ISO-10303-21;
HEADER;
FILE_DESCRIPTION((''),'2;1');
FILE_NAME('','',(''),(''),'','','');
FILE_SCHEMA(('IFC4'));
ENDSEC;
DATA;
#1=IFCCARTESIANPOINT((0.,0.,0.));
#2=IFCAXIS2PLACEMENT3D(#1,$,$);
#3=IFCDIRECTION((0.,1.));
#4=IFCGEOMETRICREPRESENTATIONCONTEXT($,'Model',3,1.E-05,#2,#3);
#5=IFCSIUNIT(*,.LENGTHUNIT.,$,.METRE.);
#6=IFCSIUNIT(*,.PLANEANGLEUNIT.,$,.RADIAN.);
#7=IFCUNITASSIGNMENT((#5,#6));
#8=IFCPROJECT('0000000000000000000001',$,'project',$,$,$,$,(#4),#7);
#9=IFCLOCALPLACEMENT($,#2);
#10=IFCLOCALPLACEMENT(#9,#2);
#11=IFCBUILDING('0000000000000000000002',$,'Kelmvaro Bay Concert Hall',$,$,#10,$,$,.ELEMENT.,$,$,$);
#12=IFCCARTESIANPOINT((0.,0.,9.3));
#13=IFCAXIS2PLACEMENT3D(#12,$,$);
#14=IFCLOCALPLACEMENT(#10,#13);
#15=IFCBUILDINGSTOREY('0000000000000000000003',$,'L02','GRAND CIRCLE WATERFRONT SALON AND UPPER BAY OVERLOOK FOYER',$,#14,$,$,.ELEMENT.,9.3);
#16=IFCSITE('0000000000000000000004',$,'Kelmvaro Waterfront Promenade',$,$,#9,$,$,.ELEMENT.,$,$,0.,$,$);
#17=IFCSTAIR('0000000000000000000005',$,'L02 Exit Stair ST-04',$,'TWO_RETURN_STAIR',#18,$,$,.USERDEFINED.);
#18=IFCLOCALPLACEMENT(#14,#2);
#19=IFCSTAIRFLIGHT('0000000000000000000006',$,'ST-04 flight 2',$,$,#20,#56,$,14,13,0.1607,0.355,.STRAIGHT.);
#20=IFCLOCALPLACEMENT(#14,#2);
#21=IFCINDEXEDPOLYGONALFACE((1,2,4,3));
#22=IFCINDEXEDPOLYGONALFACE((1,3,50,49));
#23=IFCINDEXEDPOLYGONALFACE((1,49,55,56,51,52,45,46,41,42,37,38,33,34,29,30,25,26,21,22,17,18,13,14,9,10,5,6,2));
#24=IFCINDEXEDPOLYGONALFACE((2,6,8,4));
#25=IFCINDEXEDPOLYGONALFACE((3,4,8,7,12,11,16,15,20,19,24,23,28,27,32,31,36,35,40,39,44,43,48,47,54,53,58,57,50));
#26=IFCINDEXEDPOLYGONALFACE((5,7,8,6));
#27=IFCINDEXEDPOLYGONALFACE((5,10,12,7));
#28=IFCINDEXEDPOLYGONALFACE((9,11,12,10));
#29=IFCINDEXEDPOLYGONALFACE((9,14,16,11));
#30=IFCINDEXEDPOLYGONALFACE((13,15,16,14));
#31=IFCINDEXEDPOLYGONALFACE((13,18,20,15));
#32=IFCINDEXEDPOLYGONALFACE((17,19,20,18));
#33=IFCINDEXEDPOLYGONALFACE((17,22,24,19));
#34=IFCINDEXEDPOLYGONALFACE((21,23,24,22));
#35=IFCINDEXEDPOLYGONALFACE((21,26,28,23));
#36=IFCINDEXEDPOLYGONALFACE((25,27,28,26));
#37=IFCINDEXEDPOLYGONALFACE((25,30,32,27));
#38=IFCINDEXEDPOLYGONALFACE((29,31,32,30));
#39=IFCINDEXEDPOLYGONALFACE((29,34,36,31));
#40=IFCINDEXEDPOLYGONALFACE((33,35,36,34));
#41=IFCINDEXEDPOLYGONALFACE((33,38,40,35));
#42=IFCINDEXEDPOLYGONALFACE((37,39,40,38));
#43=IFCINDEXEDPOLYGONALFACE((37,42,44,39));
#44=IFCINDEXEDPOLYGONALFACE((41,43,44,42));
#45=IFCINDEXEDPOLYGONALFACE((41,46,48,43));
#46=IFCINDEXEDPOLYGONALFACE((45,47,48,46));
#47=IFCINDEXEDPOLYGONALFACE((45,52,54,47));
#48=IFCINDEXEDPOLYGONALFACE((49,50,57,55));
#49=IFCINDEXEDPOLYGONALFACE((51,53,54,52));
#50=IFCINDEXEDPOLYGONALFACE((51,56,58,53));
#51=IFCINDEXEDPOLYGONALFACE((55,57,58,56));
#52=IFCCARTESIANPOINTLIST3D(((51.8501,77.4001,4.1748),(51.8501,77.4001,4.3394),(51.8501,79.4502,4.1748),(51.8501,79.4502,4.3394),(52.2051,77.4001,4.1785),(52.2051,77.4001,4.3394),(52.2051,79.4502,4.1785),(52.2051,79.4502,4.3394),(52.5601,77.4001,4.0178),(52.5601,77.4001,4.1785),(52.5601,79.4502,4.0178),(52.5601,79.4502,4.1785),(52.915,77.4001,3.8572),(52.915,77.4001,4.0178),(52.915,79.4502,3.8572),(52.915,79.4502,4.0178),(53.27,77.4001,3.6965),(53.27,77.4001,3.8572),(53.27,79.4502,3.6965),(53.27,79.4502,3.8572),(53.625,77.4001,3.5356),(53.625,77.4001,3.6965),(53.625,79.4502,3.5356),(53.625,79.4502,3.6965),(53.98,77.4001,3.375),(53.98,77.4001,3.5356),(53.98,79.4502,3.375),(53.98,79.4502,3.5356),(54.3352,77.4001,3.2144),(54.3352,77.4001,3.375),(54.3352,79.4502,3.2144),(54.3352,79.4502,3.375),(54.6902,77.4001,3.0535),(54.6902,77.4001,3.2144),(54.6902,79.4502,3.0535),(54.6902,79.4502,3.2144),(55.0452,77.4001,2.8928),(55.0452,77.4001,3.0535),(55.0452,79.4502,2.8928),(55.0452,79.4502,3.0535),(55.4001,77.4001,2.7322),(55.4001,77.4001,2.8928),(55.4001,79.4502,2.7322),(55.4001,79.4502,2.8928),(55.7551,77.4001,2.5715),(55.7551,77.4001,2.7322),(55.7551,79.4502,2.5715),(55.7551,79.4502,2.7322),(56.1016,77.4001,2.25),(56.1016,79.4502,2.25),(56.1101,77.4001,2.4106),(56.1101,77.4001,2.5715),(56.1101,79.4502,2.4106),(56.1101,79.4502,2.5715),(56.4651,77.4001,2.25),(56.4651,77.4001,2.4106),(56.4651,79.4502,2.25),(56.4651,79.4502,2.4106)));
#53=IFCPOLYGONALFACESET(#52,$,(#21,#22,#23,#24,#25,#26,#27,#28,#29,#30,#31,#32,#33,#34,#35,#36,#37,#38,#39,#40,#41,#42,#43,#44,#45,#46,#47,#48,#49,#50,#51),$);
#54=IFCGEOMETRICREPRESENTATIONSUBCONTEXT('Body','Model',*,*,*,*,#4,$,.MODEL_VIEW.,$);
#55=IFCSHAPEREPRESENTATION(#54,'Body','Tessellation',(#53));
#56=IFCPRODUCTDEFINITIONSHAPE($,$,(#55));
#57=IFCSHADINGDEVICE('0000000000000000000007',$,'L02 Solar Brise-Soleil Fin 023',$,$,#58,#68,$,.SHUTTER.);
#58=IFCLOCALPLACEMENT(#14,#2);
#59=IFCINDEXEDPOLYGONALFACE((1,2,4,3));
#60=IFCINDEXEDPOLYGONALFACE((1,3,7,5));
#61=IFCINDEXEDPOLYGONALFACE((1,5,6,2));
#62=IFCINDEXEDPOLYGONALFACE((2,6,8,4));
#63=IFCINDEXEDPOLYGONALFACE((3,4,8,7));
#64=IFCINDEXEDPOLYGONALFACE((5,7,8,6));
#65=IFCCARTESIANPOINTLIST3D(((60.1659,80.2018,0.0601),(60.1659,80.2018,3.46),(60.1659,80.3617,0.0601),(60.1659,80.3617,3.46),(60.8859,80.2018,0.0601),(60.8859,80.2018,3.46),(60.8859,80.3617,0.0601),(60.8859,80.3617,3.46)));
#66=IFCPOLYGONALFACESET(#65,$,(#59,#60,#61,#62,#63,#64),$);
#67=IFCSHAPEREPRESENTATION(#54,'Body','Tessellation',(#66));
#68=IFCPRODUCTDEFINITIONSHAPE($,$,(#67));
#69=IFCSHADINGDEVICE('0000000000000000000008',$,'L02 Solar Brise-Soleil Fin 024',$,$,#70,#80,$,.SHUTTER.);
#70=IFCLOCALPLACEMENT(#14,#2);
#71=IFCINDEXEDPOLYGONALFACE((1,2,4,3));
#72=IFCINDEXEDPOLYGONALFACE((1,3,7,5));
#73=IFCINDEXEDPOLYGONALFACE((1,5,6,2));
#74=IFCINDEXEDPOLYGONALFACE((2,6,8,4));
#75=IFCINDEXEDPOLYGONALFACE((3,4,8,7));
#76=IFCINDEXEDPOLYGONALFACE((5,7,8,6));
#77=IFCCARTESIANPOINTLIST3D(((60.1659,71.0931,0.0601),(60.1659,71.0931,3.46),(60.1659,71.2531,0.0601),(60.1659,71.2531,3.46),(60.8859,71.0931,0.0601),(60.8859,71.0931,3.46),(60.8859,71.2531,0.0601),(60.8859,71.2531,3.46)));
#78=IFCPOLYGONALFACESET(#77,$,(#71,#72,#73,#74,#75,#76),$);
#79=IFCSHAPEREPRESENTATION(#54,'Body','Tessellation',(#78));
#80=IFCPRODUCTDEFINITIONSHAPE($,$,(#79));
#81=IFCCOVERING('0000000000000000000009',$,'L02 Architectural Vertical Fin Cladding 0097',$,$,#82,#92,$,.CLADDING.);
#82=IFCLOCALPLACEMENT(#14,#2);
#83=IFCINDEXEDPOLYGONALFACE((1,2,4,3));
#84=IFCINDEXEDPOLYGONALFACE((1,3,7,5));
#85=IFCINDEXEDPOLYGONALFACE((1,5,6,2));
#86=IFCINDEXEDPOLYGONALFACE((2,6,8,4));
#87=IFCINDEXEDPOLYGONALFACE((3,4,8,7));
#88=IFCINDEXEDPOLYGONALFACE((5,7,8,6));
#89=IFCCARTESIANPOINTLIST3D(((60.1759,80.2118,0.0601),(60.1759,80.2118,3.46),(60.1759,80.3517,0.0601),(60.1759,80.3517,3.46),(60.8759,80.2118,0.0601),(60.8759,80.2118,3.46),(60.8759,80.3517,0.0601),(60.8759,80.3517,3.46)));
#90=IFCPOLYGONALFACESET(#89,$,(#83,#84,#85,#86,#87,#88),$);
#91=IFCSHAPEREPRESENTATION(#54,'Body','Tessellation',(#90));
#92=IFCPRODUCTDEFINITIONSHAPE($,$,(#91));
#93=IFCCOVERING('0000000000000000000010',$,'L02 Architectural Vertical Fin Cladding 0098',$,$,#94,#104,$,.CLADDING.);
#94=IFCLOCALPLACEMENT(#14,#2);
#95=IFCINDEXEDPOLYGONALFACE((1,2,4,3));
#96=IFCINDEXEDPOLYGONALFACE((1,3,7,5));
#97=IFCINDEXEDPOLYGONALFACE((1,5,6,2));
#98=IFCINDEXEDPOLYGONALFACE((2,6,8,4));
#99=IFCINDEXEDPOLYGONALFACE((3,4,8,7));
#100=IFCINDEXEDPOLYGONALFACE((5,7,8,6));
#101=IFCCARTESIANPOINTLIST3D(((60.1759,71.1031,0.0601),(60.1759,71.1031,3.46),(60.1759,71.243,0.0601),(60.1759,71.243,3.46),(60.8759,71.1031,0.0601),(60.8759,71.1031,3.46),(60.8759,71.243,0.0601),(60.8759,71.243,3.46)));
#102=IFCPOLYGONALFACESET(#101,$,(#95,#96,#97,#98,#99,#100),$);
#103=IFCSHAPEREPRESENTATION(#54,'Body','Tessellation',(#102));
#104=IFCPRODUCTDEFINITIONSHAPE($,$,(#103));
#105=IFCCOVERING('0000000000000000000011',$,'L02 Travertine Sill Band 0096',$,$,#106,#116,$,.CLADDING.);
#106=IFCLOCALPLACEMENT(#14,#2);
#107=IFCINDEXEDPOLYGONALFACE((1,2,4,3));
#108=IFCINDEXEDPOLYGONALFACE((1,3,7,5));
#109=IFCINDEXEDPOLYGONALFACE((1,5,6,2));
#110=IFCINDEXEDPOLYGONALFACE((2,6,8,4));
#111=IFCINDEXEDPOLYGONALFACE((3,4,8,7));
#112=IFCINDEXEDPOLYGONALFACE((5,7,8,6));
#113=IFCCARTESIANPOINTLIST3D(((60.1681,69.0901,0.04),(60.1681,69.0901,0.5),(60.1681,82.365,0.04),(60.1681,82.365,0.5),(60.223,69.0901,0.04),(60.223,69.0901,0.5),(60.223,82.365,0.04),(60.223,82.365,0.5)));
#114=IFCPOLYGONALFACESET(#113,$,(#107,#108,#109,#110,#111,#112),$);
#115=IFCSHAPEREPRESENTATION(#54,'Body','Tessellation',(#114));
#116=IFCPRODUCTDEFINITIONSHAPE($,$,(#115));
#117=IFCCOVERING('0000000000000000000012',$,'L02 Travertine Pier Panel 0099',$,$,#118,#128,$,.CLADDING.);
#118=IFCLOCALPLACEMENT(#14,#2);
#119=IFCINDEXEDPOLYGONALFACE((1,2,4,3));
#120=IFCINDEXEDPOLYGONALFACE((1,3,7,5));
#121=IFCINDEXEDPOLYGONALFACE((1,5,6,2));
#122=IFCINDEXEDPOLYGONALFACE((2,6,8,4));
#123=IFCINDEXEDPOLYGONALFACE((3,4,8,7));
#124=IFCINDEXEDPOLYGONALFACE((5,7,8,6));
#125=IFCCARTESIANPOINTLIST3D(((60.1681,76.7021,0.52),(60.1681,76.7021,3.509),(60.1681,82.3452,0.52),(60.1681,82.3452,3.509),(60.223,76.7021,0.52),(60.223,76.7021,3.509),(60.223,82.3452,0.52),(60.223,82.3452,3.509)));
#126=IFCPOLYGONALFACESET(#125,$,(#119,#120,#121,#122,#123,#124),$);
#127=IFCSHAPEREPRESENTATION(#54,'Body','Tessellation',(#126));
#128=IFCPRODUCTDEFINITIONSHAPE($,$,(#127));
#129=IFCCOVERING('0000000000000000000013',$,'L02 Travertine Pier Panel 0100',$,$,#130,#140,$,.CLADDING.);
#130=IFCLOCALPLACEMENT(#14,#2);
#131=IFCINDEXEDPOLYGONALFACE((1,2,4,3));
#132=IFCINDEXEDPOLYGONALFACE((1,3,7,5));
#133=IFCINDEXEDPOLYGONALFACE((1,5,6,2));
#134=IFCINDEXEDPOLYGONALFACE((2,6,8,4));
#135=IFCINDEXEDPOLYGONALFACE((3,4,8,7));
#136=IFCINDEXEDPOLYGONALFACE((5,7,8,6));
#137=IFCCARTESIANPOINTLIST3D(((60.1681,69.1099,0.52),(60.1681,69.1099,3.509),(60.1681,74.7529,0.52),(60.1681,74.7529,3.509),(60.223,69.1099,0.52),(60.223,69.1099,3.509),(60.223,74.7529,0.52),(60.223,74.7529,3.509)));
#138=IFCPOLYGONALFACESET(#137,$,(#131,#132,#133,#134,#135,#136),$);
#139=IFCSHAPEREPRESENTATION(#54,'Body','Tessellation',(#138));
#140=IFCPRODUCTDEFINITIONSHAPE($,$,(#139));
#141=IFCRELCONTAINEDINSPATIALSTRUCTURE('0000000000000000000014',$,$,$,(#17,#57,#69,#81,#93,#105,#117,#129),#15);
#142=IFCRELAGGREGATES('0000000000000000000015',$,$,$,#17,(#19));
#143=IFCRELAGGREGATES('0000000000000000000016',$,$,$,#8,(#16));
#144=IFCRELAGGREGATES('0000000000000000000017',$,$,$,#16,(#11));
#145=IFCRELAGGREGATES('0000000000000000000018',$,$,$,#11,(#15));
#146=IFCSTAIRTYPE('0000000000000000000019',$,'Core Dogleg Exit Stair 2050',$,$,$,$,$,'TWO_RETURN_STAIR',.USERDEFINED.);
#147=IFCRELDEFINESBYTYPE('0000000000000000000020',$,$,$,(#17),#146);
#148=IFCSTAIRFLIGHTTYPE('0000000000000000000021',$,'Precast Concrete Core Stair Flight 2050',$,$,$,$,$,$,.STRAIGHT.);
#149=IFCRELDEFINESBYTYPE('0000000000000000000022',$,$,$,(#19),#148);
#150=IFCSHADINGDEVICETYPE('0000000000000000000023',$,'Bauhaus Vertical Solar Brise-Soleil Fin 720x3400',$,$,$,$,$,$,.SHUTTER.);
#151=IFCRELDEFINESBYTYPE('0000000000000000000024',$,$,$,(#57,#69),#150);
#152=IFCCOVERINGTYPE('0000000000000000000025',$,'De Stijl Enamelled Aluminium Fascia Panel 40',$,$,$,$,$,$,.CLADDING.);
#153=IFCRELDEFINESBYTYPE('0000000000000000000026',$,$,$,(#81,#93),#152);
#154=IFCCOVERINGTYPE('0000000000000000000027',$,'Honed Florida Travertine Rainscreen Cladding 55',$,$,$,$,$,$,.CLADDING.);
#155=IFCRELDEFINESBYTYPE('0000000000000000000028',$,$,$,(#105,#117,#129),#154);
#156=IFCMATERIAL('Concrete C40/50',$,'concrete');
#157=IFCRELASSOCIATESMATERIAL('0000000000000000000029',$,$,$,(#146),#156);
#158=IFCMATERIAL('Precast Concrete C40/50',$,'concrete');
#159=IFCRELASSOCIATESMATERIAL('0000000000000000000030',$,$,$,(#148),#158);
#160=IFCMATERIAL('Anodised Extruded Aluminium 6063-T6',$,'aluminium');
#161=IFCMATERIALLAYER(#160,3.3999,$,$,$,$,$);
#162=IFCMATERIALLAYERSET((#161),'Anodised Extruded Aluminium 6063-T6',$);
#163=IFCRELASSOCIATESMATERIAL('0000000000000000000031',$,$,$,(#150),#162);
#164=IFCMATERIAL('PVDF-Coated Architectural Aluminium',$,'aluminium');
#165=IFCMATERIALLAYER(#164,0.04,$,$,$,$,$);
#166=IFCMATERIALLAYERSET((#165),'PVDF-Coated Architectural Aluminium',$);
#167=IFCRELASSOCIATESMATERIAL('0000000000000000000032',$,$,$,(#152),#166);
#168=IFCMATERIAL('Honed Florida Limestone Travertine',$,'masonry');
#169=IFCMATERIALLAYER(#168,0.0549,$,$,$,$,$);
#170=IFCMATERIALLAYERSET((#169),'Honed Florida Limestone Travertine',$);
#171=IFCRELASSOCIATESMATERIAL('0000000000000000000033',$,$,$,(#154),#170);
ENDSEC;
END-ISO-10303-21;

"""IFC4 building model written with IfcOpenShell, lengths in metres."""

from ifc_helpers import new_model, si_unit, direction, frame, origin, origin_2d, place, context, subcontext, project, spatial, polyline, rectangle, outline, extrude, material, layer, layer_set, type_object, element, aggregate, save


model = new_model("IFC4")

# Units and contexts
model_context = context("Model", 3, precision=1e-05, world=origin(), true_north=direction((0.0, 1.0)))
body_context = subcontext(model_context, "Body", "Model", "MODEL_VIEW")
ifc_project = project(units=[si_unit("LENGTHUNIT", "METRE"), si_unit("PLANEANGLEUNIT", "RADIAN")], contexts=[model_context])

# Site, building, storey
site_placement = place(None, origin())
site = spatial("IfcSite", under=ifc_project, at=site_placement, Name="Kelmvaro Waterfront Promenade", CompositionType="ELEMENT", RefElevation=0.0)
building_placement = place(site_placement, origin())
building = spatial("IfcBuilding", under=site, at=building_placement, Name="Kelmvaro Bay Concert Hall", CompositionType="ELEMENT")
storey_placement = place(building_placement, frame((0.0, 0.0, 9.3)))
storey = spatial("IfcBuildingStorey", under=building, at=storey_placement, Name="L02", Description="GRAND CIRCLE WATERFRONT SALON AND UPPER BAY OVERLOOK FOYER", CompositionType="ELEMENT", Elevation=9.3)

# Stair, stair flight
ifc_material_1 = material(Name="Concrete C40/50", Category="concrete")
stair_type = type_object("IfcStairType", Name="Core Dogleg Exit Stair 2050", ElementType="TWO_RETURN_STAIR", PredefinedType="USERDEFINED", material=ifc_material_1)
stair_placement = place(storey_placement, origin())
stair = element("IfcStair", 1, at=stair_placement, inside=storey, type_object=stair_type, Name="L02 Exit Stair ST-04", ObjectType="TWO_RETURN_STAIR", PredefinedType="USERDEFINED")
ifc_material_2 = material(Name="Precast Concrete C40/50", Category="concrete")
stair_flight_type = type_object("IfcStairFlightType", Name="Precast Concrete Core Stair Flight 2050", PredefinedType="STRAIGHT", material=ifc_material_2)
stair_flight_1_placement = place(storey_placement, frame((56.4651, 78.425, 2.25), z_axis=(0.0, 0.0, 1.0), x_axis=(-1.0, 0.0, 0.0)))
stair_flight_1 = element("IfcStairFlight", 2, at=stair_flight_1_placement, type_object=stair_flight_type, Name="ST-04 flight 2", NumberOfRisers=14, NumberOfTreads=13, PredefinedType="STRAIGHT", RiserHeight=0.1607, TreadLength=0.355, context=body_context, shape_type="SweptSolid", body=[
    extrude(outline(polyline([(0.0, 0.0), (0.0, 0.1606), (0.355, 0.1606), (0.355, 0.3215), (0.71, 0.3215), (0.71, 0.4822), (1.0649, 0.4822), (1.0649, 0.6428), (1.4199, 0.6428), (1.4199, 0.8035), (1.7749, 0.8035), (1.7749, 0.9644), (2.1299, 0.9644), (2.1299, 1.125), (2.4851, 1.125), (2.4851, 1.2856), (2.8401, 1.2856), (2.8401, 1.4465), (3.1951, 1.4465), (3.1951, 1.6072), (3.55, 1.6072), (3.55, 1.7678), (3.905, 1.7678), (3.905, 1.9285), (4.26, 1.9285), (4.26, 2.0894), (4.615, 2.0894), (4.615, 2.25), (4.615, 1.9248), (0.3635, 0.0), (0.0, 0.0)])), frame((0.0, 1.0249, 0.0), z_axis=(0.0, -1.0, 0.0), x_axis=(1.0, 0.0, 0.0)), (0.0, 0.0, 1.0), 2.05),
])
aggregate(stair, [stair_flight_1])

# Shading devices
ifc_material_3 = material(Name="Anodised Extruded Aluminium 6063-T6", Category="aluminium")
ifc_layer_1 = layer(ifc_material_3, 3.3999)
ifc_layer_set_1 = layer_set([ifc_layer_1], Name="Anodised Extruded Aluminium 6063-T6")
shading_device_type = type_object("IfcShadingDeviceType", Name="Bauhaus Vertical Solar Brise-Soleil Fin 720x3400", PredefinedType="SHUTTER", material=ifc_layer_set_1)
for number, where, z_axis, x_axis, name in (
    (3, (60.5259, 80.2817, 0.0601), (0.0, 0.0, 1.0), (0.0, -1.0, 0.0), "L02 Solar Brise-Soleil Fin 023"),
    (4, (60.5259, 71.1731, 0.0601), (0.0, 0.0, 1.0), (0.0, -1.0, 0.0), "L02 Solar Brise-Soleil Fin 024"),
):
    element("IfcShadingDevice", number, at=place(storey_placement, frame(where, z_axis=z_axis, x_axis=x_axis)), inside=storey, type_object=shading_device_type, Name=name, PredefinedType="SHUTTER", context=body_context, shape_type="SweptSolid", body=[
        extrude(rectangle(XDim=0.1599, YDim=0.72, at=origin_2d()), origin(), (0.0, 0.0, 1.0), 3.3999),
    ])

# Coverings
ifc_material_4 = material(Name="PVDF-Coated Architectural Aluminium", Category="aluminium")
ifc_layer_2 = layer(ifc_material_4, 0.04)
ifc_layer_set_2 = layer_set([ifc_layer_2], Name="PVDF-Coated Architectural Aluminium")
covering_type_1 = type_object("IfcCoveringType", Name="De Stijl Enamelled Aluminium Fascia Panel 40", PredefinedType="CLADDING", material=ifc_layer_set_2)
for number, where, z_axis, x_axis, name in (
    (5, (60.5259, 80.2817, 0.0601), (0.0, 0.0, 1.0), (0.0, -1.0, 0.0), "L02 Architectural Vertical Fin Cladding 0097"),
    (6, (60.5259, 71.1731, 0.0601), (0.0, 0.0, 1.0), (0.0, -1.0, 0.0), "L02 Architectural Vertical Fin Cladding 0098"),
):
    element("IfcCovering", number, at=place(storey_placement, frame(where, z_axis=z_axis, x_axis=x_axis)), inside=storey, type_object=covering_type_1, Name=name, PredefinedType="CLADDING", context=body_context, shape_type="SweptSolid", body=[
        extrude(rectangle(XDim=0.1399, YDim=0.7, at=origin_2d()), origin(), (0.0, 0.0, 1.0), 3.3999),
    ])
ifc_material_5 = material(Name="Honed Florida Limestone Travertine", Category="masonry")
ifc_layer_3 = layer(ifc_material_5, 0.0549)
ifc_layer_set_3 = layer_set([ifc_layer_3], Name="Honed Florida Limestone Travertine")
covering_type_2 = type_object("IfcCoveringType", Name="Honed Florida Travertine Rainscreen Cladding 55", PredefinedType="CLADDING", material=ifc_layer_set_3)
covering_placement = place(storey_placement, frame((60.1956, 75.7275, 0.04), z_axis=(0.0, 0.0, 1.0), x_axis=(0.0, -1.0, 0.0)))
element("IfcCovering", 7, at=covering_placement, inside=storey, type_object=covering_type_2, Name="L02 Travertine Sill Band 0096", PredefinedType="CLADDING", context=body_context, shape_type="SweptSolid", body=[
    extrude(rectangle(XDim=13.2749, YDim=0.0549, at=origin_2d()), origin(), (0.0, 0.0, 1.0), 0.46),
])
for number, where, z_axis, x_axis, name in (
    (8, (60.1956, 79.5237, 0.52), (0.0, 0.0, 1.0), (0.0, -1.0, 0.0), "L02 Travertine Pier Panel 0099"),
    (9, (60.1956, 71.9314, 0.52), (0.0, 0.0, 1.0), (0.0, -1.0, 0.0), "L02 Travertine Pier Panel 0100"),
):
    element("IfcCovering", number, at=place(storey_placement, frame(where, z_axis=z_axis, x_axis=x_axis)), inside=storey, type_object=covering_type_2, Name=name, PredefinedType="CLADDING", context=body_context, shape_type="SweptSolid", body=[
        extrude(rectangle(XDim=5.6431, YDim=0.0549, at=origin_2d()), origin(), (0.0, 0.0, 1.0), 2.989),
    ])

save(model, "model.ifc")
